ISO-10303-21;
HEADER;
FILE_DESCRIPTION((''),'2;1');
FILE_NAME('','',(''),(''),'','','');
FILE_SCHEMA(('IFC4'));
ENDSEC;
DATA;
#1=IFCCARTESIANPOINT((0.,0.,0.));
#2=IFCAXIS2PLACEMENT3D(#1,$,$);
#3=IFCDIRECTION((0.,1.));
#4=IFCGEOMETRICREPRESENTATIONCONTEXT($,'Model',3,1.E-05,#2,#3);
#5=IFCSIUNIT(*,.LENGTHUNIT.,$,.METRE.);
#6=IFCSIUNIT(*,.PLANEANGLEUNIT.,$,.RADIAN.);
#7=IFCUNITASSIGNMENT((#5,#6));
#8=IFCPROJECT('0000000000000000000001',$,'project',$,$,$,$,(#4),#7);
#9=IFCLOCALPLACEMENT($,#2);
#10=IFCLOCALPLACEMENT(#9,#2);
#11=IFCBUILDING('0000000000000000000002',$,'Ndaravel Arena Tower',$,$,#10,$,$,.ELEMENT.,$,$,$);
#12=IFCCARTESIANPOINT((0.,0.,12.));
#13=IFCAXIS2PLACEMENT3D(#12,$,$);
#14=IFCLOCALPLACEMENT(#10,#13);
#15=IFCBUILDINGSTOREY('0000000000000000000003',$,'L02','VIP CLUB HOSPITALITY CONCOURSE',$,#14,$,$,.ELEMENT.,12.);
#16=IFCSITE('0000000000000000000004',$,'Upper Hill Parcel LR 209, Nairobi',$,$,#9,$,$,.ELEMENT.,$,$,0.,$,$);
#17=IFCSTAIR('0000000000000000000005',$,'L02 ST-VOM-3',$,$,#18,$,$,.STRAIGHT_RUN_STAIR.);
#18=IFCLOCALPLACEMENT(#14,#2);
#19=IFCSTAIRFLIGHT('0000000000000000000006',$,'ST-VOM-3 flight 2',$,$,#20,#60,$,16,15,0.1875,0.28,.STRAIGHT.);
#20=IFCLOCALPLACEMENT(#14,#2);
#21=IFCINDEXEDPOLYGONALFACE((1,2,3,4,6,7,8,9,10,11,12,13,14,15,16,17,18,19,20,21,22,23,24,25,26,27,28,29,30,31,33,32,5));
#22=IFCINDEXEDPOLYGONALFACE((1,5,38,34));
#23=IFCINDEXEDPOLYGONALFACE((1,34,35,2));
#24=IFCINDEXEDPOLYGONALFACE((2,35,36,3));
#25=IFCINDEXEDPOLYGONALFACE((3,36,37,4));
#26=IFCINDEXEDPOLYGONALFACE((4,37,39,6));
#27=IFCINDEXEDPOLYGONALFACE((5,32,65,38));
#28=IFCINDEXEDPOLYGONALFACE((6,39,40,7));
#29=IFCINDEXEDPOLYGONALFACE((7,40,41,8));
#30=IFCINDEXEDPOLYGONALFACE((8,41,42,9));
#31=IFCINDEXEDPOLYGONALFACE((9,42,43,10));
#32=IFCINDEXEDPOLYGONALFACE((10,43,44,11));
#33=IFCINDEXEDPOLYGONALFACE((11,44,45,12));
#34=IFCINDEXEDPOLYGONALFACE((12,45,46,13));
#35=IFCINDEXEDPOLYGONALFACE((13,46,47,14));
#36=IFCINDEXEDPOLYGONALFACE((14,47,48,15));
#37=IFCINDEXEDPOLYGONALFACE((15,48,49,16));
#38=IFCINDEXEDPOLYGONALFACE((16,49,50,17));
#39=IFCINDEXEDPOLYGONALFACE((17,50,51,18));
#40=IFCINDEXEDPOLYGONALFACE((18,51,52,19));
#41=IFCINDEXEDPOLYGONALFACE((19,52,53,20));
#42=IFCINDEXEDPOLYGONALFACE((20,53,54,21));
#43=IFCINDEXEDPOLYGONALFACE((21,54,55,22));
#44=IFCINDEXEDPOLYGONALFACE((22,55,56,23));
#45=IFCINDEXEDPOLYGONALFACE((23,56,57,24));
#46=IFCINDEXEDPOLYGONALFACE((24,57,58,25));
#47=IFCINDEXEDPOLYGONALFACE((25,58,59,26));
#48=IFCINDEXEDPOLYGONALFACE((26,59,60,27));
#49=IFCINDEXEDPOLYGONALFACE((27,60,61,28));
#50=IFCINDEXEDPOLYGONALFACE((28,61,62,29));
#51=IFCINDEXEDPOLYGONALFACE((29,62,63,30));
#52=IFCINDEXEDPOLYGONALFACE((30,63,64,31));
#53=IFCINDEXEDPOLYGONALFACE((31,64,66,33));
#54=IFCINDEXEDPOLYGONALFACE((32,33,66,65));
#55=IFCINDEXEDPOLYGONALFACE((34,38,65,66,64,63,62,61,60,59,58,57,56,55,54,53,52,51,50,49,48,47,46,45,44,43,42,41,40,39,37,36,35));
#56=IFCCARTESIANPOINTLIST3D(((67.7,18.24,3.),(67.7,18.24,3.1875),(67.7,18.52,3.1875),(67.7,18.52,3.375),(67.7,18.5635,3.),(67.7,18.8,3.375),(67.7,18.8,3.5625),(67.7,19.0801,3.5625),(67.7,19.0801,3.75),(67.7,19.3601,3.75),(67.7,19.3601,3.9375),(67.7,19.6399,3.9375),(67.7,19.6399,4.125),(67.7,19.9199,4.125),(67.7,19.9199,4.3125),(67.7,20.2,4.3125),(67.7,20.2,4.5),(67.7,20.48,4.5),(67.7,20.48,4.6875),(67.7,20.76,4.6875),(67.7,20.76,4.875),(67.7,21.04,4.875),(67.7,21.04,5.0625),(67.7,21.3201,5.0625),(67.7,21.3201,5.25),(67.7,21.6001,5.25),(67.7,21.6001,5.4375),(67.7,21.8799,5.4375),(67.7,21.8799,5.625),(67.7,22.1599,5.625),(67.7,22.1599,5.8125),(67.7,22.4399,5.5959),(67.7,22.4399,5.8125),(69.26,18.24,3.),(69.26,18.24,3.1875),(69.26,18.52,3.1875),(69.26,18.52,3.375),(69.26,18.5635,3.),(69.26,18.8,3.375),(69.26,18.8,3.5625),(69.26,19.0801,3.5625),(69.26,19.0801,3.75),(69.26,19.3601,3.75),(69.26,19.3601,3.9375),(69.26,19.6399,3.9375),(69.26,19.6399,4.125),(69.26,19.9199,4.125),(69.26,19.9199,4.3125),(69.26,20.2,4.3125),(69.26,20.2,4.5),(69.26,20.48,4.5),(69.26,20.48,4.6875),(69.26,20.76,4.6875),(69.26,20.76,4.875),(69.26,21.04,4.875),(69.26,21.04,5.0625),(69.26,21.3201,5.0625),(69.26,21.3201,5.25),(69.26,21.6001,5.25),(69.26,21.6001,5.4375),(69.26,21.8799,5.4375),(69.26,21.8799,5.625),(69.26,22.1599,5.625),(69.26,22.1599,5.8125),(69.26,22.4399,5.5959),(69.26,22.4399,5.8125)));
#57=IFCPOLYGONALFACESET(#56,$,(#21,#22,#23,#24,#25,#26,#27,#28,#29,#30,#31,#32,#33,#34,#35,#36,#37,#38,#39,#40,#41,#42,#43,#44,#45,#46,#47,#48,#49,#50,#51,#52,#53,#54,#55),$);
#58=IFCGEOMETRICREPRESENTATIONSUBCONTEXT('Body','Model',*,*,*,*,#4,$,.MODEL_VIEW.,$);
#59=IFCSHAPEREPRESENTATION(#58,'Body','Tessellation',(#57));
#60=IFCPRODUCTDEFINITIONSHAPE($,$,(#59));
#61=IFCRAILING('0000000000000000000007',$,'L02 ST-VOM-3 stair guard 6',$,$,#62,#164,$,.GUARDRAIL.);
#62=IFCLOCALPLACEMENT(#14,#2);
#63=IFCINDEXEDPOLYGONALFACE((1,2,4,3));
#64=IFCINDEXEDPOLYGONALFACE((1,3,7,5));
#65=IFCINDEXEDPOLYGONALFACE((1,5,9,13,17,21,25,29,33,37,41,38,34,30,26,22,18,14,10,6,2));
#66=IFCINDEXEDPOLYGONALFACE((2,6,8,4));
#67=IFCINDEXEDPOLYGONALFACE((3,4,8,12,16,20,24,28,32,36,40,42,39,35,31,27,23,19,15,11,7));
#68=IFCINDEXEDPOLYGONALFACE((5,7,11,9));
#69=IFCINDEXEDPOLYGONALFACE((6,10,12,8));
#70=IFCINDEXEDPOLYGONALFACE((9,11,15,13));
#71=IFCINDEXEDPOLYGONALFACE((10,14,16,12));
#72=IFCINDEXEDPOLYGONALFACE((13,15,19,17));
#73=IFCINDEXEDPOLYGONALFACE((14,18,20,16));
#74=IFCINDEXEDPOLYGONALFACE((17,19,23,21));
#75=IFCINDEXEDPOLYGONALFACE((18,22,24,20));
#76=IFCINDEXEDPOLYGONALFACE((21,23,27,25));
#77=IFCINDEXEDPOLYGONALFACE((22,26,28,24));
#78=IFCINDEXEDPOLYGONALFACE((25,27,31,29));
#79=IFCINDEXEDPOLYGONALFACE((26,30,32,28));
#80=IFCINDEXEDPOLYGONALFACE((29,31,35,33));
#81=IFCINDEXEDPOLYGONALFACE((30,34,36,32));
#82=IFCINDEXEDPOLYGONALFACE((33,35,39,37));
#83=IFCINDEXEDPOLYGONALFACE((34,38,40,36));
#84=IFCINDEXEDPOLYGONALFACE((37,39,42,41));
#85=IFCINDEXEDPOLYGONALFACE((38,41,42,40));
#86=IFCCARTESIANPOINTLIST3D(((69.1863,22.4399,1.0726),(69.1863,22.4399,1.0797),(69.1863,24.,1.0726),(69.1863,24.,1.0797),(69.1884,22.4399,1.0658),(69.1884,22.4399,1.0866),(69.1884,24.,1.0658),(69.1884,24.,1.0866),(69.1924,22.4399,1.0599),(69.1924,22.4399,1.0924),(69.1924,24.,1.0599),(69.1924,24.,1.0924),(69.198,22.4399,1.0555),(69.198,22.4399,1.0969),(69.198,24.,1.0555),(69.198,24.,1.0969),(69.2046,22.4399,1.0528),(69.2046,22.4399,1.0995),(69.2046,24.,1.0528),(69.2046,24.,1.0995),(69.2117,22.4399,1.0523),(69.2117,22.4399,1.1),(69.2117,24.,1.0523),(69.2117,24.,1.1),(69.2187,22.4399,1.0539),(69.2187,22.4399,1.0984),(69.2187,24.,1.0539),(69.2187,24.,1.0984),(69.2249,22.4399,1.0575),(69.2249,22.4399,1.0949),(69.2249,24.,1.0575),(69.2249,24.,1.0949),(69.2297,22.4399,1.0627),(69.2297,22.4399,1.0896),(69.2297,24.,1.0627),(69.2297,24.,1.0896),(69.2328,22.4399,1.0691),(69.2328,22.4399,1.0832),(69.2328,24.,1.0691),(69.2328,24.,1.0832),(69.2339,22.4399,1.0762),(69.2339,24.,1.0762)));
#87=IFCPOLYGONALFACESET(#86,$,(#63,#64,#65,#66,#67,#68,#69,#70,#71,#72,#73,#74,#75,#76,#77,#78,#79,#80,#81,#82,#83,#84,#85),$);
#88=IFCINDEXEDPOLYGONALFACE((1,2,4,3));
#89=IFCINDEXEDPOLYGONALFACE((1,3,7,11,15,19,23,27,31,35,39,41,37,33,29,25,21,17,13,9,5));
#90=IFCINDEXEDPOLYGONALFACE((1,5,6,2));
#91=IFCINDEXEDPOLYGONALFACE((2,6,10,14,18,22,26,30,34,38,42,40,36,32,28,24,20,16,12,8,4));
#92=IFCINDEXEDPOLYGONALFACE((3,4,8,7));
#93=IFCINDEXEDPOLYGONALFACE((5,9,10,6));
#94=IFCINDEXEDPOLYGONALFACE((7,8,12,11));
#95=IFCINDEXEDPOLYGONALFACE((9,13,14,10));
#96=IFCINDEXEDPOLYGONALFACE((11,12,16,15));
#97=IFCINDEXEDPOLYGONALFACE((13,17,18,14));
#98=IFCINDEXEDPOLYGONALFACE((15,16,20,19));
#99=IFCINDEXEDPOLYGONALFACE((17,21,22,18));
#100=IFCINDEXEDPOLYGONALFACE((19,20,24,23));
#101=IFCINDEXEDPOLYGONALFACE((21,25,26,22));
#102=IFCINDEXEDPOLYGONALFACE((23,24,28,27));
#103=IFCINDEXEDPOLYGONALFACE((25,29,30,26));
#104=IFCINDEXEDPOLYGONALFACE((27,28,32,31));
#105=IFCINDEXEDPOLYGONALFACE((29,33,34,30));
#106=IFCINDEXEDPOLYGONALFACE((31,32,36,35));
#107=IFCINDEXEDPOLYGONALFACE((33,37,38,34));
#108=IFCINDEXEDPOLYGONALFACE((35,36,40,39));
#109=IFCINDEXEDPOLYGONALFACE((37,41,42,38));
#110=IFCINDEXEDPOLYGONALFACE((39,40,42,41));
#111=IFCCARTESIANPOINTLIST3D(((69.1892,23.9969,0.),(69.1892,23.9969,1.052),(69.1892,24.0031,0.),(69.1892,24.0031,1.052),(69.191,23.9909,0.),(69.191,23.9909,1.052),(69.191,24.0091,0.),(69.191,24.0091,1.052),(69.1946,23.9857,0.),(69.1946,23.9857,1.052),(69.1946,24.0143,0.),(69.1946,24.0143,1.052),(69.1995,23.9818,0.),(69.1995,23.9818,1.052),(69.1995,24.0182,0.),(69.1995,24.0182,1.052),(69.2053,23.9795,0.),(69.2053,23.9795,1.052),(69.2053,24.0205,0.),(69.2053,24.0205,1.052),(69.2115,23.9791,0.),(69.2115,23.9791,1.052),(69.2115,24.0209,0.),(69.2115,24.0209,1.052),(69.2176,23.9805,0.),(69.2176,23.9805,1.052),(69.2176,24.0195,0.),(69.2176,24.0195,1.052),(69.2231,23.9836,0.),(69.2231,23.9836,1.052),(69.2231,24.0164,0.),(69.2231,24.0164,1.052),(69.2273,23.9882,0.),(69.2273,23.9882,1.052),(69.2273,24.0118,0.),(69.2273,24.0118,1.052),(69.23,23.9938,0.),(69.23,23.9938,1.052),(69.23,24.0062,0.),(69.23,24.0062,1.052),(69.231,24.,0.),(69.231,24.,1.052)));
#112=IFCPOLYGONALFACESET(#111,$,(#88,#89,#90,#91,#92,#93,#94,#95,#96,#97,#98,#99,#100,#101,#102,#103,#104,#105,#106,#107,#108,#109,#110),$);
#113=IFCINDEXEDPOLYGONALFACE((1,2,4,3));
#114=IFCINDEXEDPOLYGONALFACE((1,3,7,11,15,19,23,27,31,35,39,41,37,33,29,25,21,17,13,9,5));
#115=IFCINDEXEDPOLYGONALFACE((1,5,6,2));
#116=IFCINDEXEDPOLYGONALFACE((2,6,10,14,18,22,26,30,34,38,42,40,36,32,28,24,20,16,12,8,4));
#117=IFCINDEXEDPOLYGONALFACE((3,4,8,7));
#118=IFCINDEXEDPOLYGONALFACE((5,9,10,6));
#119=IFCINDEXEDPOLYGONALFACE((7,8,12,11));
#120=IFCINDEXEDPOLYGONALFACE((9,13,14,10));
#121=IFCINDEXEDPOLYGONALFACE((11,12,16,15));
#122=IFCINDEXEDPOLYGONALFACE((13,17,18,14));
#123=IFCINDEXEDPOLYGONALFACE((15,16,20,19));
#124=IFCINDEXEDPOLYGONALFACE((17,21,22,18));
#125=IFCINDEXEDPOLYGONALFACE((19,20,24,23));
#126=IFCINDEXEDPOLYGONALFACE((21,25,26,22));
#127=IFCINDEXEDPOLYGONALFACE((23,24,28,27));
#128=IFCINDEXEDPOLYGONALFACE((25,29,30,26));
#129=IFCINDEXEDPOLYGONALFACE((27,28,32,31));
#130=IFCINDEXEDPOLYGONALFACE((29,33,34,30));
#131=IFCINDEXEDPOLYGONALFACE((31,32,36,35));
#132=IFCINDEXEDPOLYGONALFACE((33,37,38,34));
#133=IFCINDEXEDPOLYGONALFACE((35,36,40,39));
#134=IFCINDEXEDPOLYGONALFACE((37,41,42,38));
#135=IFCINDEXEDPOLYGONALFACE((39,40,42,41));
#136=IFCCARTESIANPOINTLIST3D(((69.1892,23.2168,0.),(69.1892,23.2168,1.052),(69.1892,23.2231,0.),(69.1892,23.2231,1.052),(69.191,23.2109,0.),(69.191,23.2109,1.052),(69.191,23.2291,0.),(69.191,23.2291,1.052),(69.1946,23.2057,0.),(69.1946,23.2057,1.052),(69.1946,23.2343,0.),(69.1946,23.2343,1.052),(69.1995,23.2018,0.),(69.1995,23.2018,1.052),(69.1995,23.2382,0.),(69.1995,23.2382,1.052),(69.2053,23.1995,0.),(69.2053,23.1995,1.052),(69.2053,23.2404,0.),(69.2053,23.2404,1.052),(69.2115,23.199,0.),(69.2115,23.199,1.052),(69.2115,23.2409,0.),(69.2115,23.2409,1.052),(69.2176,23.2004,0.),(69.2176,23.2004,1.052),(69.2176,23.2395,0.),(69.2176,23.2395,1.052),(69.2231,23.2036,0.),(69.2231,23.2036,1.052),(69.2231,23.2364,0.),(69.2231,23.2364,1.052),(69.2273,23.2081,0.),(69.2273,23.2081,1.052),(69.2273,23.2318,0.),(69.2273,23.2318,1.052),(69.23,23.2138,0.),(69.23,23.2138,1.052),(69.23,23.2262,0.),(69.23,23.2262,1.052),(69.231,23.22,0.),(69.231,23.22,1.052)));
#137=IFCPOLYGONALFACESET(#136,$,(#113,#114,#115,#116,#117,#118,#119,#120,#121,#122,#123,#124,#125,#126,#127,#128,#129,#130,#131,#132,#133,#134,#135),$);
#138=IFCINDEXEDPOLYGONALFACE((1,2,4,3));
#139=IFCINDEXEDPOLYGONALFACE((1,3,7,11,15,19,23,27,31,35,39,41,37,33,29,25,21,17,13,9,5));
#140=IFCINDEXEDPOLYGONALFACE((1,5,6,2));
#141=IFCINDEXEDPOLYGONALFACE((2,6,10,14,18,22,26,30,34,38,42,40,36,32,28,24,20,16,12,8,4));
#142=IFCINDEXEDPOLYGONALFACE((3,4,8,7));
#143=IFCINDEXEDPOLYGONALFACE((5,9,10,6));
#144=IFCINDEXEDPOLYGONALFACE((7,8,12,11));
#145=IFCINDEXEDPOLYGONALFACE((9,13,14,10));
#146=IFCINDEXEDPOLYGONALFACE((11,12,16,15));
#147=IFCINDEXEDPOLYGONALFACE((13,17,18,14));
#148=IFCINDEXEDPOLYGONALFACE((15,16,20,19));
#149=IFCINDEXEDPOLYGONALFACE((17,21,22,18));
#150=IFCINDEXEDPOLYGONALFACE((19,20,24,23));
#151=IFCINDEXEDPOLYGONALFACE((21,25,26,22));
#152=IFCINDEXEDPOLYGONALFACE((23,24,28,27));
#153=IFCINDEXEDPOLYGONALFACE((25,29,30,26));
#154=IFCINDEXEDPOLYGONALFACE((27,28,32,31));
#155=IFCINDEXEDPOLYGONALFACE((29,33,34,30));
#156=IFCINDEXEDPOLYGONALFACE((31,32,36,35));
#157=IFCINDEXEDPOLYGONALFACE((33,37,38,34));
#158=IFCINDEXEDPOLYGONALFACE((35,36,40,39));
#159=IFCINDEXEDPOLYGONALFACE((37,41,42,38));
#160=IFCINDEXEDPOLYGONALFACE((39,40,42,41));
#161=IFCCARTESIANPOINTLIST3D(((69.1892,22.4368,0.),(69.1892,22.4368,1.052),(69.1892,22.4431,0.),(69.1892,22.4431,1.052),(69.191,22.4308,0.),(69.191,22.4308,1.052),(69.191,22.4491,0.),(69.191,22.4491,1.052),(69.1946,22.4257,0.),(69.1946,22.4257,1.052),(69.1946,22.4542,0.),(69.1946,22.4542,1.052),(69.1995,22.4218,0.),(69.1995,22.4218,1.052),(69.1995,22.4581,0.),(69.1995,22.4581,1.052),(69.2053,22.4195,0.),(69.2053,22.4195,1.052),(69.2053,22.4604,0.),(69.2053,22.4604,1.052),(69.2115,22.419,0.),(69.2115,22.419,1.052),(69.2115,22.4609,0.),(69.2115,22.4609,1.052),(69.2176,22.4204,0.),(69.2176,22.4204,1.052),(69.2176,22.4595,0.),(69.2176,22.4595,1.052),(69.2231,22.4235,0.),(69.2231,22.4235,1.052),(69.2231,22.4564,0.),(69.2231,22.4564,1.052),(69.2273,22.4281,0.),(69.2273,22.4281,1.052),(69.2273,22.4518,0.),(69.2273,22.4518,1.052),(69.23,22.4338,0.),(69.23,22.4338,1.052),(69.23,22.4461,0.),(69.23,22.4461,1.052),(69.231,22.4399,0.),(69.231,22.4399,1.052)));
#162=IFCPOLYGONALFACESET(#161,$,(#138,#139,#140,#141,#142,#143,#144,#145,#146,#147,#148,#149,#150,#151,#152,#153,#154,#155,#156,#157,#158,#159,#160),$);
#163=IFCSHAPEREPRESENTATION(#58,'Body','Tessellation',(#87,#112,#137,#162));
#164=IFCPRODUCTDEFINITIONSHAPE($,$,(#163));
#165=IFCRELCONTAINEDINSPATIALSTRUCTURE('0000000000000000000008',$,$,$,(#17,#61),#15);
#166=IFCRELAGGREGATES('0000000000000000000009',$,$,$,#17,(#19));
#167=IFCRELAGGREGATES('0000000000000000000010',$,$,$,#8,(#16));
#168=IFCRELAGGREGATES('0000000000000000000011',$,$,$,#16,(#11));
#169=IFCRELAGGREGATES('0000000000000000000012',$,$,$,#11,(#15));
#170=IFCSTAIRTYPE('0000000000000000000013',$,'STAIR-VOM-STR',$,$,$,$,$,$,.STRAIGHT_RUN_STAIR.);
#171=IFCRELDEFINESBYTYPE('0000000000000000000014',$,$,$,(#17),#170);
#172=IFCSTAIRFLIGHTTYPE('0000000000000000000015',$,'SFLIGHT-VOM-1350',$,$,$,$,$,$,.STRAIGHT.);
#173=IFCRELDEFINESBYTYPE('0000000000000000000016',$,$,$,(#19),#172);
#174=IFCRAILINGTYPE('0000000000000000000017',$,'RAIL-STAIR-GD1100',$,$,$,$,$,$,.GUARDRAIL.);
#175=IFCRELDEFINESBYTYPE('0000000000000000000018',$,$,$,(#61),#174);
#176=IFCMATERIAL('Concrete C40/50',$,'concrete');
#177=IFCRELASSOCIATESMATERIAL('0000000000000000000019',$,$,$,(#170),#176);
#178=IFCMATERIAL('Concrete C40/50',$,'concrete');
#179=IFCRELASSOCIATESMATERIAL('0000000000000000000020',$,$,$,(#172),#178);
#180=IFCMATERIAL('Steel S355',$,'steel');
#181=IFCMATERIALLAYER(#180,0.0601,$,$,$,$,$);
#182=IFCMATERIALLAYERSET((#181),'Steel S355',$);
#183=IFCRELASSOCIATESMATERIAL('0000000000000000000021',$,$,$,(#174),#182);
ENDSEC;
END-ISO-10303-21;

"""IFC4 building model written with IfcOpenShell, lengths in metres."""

from ifc_helpers import new_model, si_unit, direction, frame, origin, origin_2d, place, context, subcontext, project, spatial, polyline, circle, outline, extrude, material, layer, layer_set, type_object, element, aggregate, save


model = new_model("IFC4")

# Units and contexts
model_context = context("Model", 3, precision=1e-05, world=origin(), true_north=direction((0.0, 1.0)))
body_context = subcontext(model_context, "Body", "Model", "MODEL_VIEW")
ifc_project = project(units=[si_unit("LENGTHUNIT", "METRE"), si_unit("PLANEANGLEUNIT", "RADIAN")], contexts=[model_context])

# Site, building, storey
site_placement = place(None, origin())
site = spatial("IfcSite", under=ifc_project, at=site_placement, Name="Upper Hill Parcel LR 209, Nairobi", CompositionType="ELEMENT", RefElevation=0.0)
building_placement = place(site_placement, origin())
building = spatial("IfcBuilding", under=site, at=building_placement, Name="Ndaravel Arena Tower", CompositionType="ELEMENT")
storey_placement = place(building_placement, frame((0.0, 0.0, 12.0)))
storey = spatial("IfcBuildingStorey", under=building, at=storey_placement, Name="L02", Description="VIP CLUB HOSPITALITY CONCOURSE", CompositionType="ELEMENT", Elevation=12.0)

# Stair, stair flight
ifc_material_1 = material(Name="Concrete C40/50", Category="concrete")
stair_type = type_object("IfcStairType", Name="STAIR-VOM-STR", PredefinedType="STRAIGHT_RUN_STAIR", material=ifc_material_1)
stair_placement = place(storey_placement, origin())
stair = element("IfcStair", 1, at=stair_placement, inside=storey, type_object=stair_type, Name="L02 ST-VOM-3", PredefinedType="STRAIGHT_RUN_STAIR")
ifc_material_2 = material(Name="Concrete C40/50", Category="concrete")
stair_flight_type = type_object("IfcStairFlightType", Name="SFLIGHT-VOM-1350", PredefinedType="STRAIGHT", material=ifc_material_2)
stair_flight_placement = place(storey_placement, frame((68.48, 18.24, 3.0), z_axis=(0.0, 0.0, 1.0), x_axis=(0.0, 1.0, 0.0)))
stair_flight = element("IfcStairFlight", 2, at=stair_flight_placement, type_object=stair_flight_type, Name="ST-VOM-3 flight 2", NumberOfRisers=16, NumberOfTreads=15, PredefinedType="STRAIGHT", RiserHeight=0.1875, TreadLength=0.28, context=body_context, shape_type="SweptSolid", body=[
    extrude(outline(polyline([(0.0, 0.0), (0.0, 0.1875), (0.28, 0.1875), (0.28, 0.375), (0.5601, 0.375), (0.5601, 0.5625), (0.8401, 0.5625), (0.8401, 0.75), (1.1201, 0.75), (1.1201, 0.9375), (1.3999, 0.9375), (1.3999, 1.125), (1.6799, 1.125), (1.6799, 1.3125), (1.96, 1.3125), (1.96, 1.5), (2.24, 1.5), (2.24, 1.6875), (2.52, 1.6875), (2.52, 1.875), (2.8, 1.875), (2.8, 2.0625), (3.0801, 2.0625), (3.0801, 2.25), (3.3601, 2.25), (3.3601, 2.4375), (3.6399, 2.4375), (3.6399, 2.625), (3.9199, 2.625), (3.9199, 2.8125), (4.2, 2.8125), (4.2, 3.0), (4.2, 2.5959), (0.3235, 0.0), (0.0, 0.0)])), frame((0.0, 0.78, 0.0), z_axis=(0.0, -1.0, 0.0), x_axis=(1.0, 0.0, 0.0)), (0.0, 0.0, 1.0), 1.5601),
])
aggregate(stair, [stair_flight])

# Railing
ifc_material_3 = material(Name="Steel S355", Category="steel")
ifc_layer_1 = layer(ifc_material_3, 0.0601)
ifc_layer_set_1 = layer_set([ifc_layer_1], Name="Steel S355")
railing_type_1 = type_object("IfcRailingType", Name="RAIL-STAIR-GD1100", PredefinedType="GUARDRAIL", material=ifc_layer_set_1)
railing_1_placement = place(storey_placement, frame((69.21, 24.0, 0.0)))
element("IfcRailing", 3, at=railing_1_placement, inside=storey, type_object=railing_type_1, Name="L02 ST-VOM-3 stair guard 6", PredefinedType="GUARDRAIL", context=body_context, shape_type="SweptSolid", body=[
    extrude(circle(Radius=0.0239, at=origin_2d()), frame((0.0, 0.0, 1.0762), z_axis=(0.0, -1.0, 0.0), x_axis=(1.0, 0.0, 0.0)), (0.0, 0.0, 1.0), 1.5601),
    extrude(circle(Radius=0.021, at=origin_2d()), origin(), (0.0, 0.0, 1.0), 1.052),
    extrude(circle(Radius=0.021, at=origin_2d()), frame((0.0, -0.78, 0.0)), (0.0, 0.0, 1.0), 1.052),
    extrude(circle(Radius=0.021, at=origin_2d()), frame((0.0, -1.5601, 0.0)), (0.0, 0.0, 1.0), 1.052),
])

save(model, "model.ifc")
